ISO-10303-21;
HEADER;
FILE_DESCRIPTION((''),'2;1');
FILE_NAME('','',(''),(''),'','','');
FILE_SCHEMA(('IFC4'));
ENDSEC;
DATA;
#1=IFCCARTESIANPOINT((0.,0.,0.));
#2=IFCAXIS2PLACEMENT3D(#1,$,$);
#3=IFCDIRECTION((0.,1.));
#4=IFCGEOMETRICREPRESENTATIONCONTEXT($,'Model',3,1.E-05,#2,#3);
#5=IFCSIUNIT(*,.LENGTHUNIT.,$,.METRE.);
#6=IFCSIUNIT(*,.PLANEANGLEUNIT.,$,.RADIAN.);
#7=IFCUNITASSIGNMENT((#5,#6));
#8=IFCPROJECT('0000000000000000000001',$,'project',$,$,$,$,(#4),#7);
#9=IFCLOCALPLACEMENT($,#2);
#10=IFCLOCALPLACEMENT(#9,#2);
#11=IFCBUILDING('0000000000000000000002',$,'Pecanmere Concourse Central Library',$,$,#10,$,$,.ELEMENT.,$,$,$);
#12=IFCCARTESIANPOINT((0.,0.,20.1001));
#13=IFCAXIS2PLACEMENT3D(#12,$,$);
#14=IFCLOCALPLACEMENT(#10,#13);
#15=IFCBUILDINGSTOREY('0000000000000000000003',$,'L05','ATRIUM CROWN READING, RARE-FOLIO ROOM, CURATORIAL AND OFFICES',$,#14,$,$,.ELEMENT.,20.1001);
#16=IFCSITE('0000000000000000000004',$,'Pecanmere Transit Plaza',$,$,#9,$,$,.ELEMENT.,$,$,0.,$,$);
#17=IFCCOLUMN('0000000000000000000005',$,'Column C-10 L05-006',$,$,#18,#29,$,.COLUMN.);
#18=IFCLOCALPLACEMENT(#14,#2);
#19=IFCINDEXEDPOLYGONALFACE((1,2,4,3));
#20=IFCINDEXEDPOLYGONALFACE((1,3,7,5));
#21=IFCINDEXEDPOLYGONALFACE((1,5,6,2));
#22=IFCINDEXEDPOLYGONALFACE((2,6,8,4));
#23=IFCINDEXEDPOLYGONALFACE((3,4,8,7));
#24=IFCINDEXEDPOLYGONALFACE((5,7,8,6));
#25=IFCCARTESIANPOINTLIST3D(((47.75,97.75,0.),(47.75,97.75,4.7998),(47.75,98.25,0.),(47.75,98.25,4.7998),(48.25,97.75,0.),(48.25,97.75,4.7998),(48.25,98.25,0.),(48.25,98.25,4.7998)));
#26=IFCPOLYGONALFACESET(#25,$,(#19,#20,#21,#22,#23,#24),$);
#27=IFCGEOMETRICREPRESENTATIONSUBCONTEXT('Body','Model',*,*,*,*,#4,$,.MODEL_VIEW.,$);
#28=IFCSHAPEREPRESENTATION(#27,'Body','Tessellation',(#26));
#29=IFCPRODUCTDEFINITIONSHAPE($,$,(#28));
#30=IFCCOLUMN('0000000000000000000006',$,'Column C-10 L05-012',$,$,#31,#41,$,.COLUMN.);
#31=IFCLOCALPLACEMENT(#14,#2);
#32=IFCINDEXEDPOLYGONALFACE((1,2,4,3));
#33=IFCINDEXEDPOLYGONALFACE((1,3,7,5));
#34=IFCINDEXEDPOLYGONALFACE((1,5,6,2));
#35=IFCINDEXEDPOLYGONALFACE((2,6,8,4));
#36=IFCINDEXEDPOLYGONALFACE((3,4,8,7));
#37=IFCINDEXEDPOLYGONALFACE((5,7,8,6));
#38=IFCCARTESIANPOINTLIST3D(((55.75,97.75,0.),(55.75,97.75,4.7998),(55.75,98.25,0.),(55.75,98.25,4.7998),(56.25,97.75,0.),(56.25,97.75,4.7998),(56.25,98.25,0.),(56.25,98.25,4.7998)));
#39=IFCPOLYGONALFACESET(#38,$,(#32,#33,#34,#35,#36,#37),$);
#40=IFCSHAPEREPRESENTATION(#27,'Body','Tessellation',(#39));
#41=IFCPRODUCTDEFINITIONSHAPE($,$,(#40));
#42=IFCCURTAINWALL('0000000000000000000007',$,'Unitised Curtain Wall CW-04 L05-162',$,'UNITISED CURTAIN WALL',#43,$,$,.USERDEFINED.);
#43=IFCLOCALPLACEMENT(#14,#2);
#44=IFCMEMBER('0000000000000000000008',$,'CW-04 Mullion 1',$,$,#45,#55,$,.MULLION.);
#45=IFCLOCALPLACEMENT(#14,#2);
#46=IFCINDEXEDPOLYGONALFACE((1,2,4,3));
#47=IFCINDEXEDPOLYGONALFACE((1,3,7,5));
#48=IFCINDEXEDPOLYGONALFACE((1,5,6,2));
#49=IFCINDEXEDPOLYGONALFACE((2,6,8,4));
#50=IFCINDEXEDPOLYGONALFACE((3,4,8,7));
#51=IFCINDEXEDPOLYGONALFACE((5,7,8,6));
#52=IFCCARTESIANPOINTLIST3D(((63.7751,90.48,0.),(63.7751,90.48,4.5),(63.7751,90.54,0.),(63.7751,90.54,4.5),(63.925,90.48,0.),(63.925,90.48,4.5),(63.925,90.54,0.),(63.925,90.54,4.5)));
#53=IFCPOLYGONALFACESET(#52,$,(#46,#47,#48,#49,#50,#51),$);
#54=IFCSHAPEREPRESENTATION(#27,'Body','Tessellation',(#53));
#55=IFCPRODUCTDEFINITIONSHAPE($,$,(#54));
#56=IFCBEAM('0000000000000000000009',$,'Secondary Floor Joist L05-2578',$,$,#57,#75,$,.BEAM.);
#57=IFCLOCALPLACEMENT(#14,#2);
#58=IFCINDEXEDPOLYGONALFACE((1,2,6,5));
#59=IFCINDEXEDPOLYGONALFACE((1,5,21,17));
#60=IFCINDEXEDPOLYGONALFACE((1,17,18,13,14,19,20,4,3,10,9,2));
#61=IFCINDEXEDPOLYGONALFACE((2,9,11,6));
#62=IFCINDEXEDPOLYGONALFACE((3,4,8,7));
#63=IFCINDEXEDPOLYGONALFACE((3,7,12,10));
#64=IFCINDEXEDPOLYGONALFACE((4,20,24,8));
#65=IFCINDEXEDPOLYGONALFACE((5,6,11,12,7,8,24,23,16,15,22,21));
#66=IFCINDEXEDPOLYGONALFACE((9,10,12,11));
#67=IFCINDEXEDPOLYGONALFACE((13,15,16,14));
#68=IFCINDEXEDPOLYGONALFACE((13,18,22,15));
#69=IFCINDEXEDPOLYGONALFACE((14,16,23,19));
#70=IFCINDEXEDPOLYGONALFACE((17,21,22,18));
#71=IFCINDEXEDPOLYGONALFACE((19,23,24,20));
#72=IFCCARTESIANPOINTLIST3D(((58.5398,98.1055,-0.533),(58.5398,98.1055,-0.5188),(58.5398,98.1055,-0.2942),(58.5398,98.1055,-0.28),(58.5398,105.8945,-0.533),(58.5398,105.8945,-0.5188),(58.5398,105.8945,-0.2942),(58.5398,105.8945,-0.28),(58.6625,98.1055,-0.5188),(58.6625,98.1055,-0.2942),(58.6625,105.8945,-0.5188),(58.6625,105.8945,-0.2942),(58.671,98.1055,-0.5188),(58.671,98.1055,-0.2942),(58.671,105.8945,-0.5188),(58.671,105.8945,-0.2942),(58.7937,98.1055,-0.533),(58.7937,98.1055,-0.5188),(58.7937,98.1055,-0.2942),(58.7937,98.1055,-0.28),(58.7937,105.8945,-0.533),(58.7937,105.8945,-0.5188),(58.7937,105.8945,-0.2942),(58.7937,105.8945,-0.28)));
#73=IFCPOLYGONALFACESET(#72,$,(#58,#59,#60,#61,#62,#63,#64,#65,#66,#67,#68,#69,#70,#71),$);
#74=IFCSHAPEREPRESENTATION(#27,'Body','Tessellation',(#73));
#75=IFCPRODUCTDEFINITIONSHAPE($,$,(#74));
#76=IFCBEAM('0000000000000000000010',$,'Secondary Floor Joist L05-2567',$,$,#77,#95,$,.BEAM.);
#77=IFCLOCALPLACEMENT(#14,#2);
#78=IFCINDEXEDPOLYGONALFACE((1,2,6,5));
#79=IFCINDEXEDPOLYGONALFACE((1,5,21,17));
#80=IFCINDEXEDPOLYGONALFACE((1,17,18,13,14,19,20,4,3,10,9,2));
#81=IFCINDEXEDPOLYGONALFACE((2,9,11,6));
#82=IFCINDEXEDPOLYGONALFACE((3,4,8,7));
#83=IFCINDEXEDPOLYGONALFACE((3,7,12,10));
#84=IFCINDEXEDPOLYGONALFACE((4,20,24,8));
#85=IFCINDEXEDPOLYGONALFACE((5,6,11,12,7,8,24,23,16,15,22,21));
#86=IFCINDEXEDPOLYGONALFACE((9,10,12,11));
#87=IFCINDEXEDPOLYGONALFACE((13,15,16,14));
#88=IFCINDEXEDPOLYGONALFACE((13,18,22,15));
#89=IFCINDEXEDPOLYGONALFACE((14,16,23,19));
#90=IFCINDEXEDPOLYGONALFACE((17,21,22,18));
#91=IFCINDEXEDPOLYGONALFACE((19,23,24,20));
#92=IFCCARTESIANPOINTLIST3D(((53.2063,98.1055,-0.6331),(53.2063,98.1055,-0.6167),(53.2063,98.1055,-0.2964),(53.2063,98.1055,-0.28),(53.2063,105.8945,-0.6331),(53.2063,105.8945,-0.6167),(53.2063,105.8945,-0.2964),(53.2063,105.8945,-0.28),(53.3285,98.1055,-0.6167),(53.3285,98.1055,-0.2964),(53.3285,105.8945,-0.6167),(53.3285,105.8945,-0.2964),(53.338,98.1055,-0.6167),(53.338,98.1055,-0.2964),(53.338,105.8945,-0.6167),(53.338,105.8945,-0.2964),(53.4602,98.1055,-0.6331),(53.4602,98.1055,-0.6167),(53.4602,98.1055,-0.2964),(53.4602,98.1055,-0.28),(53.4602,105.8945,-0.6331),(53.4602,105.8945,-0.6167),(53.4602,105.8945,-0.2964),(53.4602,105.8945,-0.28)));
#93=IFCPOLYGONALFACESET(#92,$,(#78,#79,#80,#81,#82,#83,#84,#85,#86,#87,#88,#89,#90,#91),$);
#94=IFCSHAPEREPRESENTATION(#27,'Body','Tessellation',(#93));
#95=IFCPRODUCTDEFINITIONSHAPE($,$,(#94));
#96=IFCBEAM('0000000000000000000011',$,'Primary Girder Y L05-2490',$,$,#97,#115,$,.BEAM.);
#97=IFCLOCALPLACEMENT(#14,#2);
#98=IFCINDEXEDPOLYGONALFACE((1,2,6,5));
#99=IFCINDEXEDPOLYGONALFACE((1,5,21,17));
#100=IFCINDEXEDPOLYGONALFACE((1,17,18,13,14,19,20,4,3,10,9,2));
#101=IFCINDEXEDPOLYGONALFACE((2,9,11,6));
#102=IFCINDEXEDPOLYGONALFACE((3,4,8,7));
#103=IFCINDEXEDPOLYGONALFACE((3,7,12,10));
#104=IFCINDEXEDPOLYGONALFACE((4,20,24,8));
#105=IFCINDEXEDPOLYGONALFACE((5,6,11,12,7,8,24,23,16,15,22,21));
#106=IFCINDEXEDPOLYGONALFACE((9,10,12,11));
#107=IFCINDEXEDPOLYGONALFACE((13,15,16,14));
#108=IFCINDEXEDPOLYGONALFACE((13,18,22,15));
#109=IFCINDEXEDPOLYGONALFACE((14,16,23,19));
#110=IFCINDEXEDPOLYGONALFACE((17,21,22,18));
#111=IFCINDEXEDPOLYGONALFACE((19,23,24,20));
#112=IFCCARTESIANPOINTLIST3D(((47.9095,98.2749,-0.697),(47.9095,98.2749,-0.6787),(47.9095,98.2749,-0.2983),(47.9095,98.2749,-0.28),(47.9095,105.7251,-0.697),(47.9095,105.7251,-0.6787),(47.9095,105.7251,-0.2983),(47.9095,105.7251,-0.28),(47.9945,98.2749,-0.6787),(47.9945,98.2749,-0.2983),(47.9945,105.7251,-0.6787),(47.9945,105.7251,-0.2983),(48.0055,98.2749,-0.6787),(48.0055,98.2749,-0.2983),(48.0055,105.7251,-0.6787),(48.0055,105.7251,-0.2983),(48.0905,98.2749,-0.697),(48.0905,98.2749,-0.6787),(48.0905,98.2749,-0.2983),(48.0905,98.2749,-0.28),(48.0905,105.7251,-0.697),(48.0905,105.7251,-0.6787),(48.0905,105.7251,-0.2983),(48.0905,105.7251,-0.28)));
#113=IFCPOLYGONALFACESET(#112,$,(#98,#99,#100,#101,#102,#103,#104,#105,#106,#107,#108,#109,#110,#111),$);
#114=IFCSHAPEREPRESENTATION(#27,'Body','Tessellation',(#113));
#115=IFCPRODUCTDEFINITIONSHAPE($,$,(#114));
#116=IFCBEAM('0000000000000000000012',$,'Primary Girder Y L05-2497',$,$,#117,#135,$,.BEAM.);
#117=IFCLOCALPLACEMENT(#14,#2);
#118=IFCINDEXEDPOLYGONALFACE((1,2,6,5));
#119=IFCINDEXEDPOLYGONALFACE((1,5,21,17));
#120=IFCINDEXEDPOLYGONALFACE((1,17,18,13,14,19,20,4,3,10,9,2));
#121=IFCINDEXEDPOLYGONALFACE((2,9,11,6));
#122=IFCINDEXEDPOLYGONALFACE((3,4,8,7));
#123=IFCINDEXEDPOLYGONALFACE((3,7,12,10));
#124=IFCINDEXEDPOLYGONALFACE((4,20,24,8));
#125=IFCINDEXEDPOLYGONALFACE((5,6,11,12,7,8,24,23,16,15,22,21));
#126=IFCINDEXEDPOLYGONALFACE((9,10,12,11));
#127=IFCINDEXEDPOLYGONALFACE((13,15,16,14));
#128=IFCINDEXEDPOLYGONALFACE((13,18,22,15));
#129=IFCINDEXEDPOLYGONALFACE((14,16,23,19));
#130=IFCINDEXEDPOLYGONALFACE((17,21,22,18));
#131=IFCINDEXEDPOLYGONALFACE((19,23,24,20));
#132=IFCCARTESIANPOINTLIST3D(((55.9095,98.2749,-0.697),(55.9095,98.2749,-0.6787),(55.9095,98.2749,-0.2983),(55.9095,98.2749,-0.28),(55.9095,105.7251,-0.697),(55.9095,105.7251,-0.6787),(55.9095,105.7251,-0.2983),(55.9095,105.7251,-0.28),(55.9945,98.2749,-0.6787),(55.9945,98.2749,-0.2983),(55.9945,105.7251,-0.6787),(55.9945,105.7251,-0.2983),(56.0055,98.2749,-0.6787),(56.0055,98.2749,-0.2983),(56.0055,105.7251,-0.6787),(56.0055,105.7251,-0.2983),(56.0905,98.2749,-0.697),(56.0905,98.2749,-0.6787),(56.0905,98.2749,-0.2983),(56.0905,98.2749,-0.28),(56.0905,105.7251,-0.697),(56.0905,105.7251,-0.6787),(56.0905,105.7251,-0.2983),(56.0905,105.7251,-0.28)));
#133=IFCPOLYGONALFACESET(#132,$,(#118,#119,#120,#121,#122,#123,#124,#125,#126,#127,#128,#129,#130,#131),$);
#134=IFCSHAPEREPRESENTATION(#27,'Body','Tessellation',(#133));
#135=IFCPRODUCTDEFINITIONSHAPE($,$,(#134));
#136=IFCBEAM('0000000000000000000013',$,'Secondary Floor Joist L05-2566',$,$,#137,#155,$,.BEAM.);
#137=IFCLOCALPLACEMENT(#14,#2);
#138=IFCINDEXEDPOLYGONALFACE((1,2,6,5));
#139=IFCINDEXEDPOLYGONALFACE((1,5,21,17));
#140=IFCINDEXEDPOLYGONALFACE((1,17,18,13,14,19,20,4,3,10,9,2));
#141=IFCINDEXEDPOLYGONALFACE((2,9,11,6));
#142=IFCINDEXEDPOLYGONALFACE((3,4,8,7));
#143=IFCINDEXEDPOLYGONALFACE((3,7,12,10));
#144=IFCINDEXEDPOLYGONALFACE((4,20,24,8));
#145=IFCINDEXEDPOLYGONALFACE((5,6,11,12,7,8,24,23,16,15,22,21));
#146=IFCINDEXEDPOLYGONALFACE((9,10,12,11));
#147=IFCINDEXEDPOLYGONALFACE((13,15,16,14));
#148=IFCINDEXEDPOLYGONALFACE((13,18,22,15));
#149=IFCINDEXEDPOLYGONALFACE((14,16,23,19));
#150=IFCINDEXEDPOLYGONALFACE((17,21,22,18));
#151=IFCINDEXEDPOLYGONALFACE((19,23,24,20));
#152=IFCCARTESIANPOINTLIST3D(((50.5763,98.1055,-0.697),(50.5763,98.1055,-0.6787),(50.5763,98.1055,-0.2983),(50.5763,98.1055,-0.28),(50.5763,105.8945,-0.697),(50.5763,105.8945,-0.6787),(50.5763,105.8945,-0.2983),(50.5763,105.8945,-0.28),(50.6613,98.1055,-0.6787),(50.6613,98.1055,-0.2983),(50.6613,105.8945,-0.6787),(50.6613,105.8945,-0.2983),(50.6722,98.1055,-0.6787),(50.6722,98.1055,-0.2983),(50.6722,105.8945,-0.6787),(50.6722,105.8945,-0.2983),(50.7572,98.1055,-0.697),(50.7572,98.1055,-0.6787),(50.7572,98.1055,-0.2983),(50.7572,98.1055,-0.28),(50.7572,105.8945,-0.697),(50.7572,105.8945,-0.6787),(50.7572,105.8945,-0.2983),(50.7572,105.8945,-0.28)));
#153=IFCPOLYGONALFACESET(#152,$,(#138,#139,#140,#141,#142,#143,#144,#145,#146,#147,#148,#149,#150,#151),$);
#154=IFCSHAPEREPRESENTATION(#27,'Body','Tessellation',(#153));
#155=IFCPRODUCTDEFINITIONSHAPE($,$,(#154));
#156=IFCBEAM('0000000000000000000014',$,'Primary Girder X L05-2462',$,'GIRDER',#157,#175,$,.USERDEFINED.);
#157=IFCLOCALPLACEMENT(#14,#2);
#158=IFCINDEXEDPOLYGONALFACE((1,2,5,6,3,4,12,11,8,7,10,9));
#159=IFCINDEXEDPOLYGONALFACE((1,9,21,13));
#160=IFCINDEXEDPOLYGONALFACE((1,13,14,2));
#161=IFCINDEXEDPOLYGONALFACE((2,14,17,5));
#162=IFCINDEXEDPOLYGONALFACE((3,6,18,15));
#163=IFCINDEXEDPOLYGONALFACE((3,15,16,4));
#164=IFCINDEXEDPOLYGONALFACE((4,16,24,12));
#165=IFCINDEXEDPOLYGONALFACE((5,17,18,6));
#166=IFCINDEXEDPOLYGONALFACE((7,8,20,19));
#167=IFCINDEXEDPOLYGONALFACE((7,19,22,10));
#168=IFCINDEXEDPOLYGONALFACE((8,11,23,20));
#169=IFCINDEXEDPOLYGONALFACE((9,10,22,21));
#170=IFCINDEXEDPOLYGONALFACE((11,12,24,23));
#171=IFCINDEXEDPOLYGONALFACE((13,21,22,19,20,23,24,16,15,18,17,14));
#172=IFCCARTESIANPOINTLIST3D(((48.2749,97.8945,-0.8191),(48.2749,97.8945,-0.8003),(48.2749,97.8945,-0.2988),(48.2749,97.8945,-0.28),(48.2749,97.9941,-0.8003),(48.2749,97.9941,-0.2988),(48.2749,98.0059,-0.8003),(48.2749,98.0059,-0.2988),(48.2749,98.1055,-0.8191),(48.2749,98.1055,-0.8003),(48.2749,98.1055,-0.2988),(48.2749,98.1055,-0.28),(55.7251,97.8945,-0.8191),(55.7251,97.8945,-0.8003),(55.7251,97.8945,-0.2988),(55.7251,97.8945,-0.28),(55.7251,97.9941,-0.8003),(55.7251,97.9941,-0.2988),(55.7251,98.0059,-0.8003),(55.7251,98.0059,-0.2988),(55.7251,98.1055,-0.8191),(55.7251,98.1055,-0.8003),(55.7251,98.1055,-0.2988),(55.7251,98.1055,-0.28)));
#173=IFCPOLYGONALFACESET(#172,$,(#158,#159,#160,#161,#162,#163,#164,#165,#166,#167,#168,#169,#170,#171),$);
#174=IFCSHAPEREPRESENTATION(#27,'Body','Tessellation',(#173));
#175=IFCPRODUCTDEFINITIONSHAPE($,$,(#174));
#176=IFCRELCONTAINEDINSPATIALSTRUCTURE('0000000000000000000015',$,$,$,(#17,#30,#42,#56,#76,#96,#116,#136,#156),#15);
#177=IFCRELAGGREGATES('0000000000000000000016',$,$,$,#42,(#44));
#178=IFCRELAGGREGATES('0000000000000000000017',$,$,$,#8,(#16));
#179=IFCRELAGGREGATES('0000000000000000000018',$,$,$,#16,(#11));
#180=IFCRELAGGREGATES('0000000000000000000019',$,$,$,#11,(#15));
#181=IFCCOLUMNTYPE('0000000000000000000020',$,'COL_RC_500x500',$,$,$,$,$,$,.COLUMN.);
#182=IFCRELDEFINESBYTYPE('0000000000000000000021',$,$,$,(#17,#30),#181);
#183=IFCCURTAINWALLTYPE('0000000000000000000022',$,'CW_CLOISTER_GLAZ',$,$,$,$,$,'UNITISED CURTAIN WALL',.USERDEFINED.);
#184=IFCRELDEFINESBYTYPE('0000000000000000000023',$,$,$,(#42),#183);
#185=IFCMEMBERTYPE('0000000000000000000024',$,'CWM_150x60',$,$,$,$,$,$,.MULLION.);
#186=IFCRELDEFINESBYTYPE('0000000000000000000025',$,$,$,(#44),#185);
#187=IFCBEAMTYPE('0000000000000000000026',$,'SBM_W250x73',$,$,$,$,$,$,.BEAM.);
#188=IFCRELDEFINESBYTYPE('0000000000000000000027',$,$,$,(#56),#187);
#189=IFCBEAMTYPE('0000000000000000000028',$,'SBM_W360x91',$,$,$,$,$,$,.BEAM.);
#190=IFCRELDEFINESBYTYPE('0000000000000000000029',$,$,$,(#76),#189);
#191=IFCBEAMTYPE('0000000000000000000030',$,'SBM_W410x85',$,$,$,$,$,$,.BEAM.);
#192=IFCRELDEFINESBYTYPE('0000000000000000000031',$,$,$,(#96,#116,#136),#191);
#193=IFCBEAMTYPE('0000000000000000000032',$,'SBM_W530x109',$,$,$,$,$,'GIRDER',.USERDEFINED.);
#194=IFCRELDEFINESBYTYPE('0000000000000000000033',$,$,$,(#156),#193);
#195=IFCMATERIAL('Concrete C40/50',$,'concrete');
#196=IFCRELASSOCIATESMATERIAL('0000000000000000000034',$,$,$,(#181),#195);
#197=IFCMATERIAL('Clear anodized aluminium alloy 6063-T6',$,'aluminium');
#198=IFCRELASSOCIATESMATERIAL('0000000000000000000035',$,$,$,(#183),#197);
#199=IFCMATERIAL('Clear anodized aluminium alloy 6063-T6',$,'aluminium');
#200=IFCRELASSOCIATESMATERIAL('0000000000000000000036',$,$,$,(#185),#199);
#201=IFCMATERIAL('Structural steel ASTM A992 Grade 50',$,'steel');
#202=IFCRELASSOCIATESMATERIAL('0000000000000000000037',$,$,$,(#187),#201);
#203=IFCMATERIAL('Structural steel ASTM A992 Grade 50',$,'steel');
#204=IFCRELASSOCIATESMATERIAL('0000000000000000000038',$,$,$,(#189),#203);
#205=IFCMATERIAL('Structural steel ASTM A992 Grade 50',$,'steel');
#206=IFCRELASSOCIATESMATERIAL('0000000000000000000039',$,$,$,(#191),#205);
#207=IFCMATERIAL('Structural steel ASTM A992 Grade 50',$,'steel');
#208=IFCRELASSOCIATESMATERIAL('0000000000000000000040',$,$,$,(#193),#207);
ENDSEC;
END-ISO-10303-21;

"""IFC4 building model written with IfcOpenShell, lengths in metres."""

from ifc_helpers import new_model, si_unit, direction, frame, origin, origin_2d, place, context, subcontext, project, spatial, rectangle, i_section, extrude, material, material_profile, profile_set, type_object, element, aggregate, save


model = new_model("IFC4")

# Units and contexts
model_context = context("Model", 3, precision=1e-05, world=origin(), true_north=direction((0.0, 1.0)))
body_context = subcontext(model_context, "Body", "Model", "MODEL_VIEW")
ifc_project = project(units=[si_unit("LENGTHUNIT", "METRE"), si_unit("PLANEANGLEUNIT", "RADIAN")], contexts=[model_context])

# Site, building, storey
site_placement = place(None, origin())
site = spatial("IfcSite", under=ifc_project, at=site_placement, Name="Pecanmere Transit Plaza", CompositionType="ELEMENT", RefElevation=0.0)
building_placement = place(site_placement, origin())
building = spatial("IfcBuilding", under=site, at=building_placement, Name="Pecanmere Concourse Central Library", CompositionType="ELEMENT")
storey_placement = place(building_placement, frame((0.0, 0.0, 20.1001)))
storey = spatial("IfcBuildingStorey", under=building, at=storey_placement, Name="L05", Description="ATRIUM CROWN READING, RARE-FOLIO ROOM, CURATORIAL AND OFFICES", CompositionType="ELEMENT", Elevation=20.1001)

# Columns
ifc_material_1 = material(Name="Concrete C40/50", Category="concrete")
ifc_material_profile_1 = material_profile(ifc_material_1, rectangle(XDim=0.5, YDim=0.5, at=origin_2d()), Name="RC 500x500")
ifc_profile_set_1 = profile_set([ifc_material_profile_1], Name="Concrete C40/50")
column_type = type_object("IfcColumnType", Name="COL_RC_500x500", PredefinedType="COLUMN", material=ifc_profile_set_1)
for number, where, z_axis, x_axis, name in (
    (1, (48.0, 98.0, 0.0), (0.0, 0.0, 1.0), (1.0, 0.0, 0.0), "Column C-10 L05-006"),
    (2, (56.0, 98.0, 0.0), (0.0, 0.0, 1.0), (1.0, 0.0, 0.0), "Column C-10 L05-012"),
):
    element("IfcColumn", number, at=place(storey_placement, frame(where, z_axis=z_axis, x_axis=x_axis)), inside=storey, type_object=column_type, Name=name, PredefinedType="COLUMN", context=body_context, shape_type="SweptSolid", body=[
        extrude(rectangle(XDim=0.5, YDim=0.5, at=origin_2d()), origin(), (0.0, 0.0, 1.0), 4.7998),
    ])

# Curtain wall, member
ifc_material_2 = material(Name="Clear anodized aluminium alloy 6063-T6", Category="aluminium")
curtain_wall_type = type_object("IfcCurtainWallType", Name="CW_CLOISTER_GLAZ", ElementType="UNITISED CURTAIN WALL", PredefinedType="USERDEFINED", material=ifc_material_2)
curtain_wall_placement = place(storey_placement, origin())
curtain_wall = element("IfcCurtainWall", 3, at=curtain_wall_placement, inside=storey, type_object=curtain_wall_type, Name="Unitised Curtain Wall CW-04 L05-162", ObjectType="UNITISED CURTAIN WALL", PredefinedType="USERDEFINED")
ifc_material_3 = material(Name="Clear anodized aluminium alloy 6063-T6", Category="aluminium")
ifc_material_profile_2 = material_profile(ifc_material_3, rectangle(XDim=0.0601, YDim=0.1499, at=origin_2d()), Name="AL 60x150")
ifc_profile_set_2 = profile_set([ifc_material_profile_2], Name="Clear anodized aluminium alloy 6063-T6")
member_type = type_object("IfcMemberType", Name="CWM_150x60", PredefinedType="MULLION", material=ifc_profile_set_2)
member_placement = place(storey_placement, frame((63.8501, 90.51, 0.0), z_axis=(0.0, 0.0, 1.0), x_axis=(0.0, 1.0, 0.0)))
member = element("IfcMember", 4, at=member_placement, type_object=member_type, Name="CW-04 Mullion 1", PredefinedType="MULLION", context=body_context, shape_type="SweptSolid", body=[
    extrude(rectangle(XDim=0.0601, YDim=0.1499, at=origin_2d()), origin(), (0.0, 0.0, 1.0), 4.5),
])
aggregate(curtain_wall, [member])

# Beams
ifc_material_4 = material(Name="Structural steel ASTM A992 Grade 50", Category="steel")
ifc_material_profile_3 = material_profile(ifc_material_4, i_section(OverallWidth=0.2539, OverallDepth=0.2529, WebThickness=0.0085, FlangeThickness=0.0142, at=origin_2d()), Name="W250x73")
ifc_profile_set_3 = profile_set([ifc_material_profile_3], Name="Structural steel ASTM A992 Grade 50")
beam_type_1 = type_object("IfcBeamType", Name="SBM_W250x73", PredefinedType="BEAM", material=ifc_profile_set_3)
beam_1_placement = place(storey_placement, frame((58.6667, 98.1055, -0.4065), z_axis=(0.0, 1.0, 0.0), x_axis=(-1.0, 0.0, 0.0)))
element("IfcBeam", 5, at=beam_1_placement, inside=storey, type_object=beam_type_1, Name="Secondary Floor Joist L05-2578", PredefinedType="BEAM", context=body_context, shape_type="SweptSolid", body=[
    extrude(i_section(OverallWidth=0.2539, OverallDepth=0.2529, WebThickness=0.0085, FlangeThickness=0.0142, at=origin_2d()), origin(), (0.0, 0.0, 1.0), 7.7891),
])
ifc_material_5 = material(Name="Structural steel ASTM A992 Grade 50", Category="steel")
ifc_material_profile_4 = material_profile(ifc_material_5, i_section(OverallWidth=0.2539, OverallDepth=0.353, WebThickness=0.0095, FlangeThickness=0.0164, at=origin_2d()), Name="W360x91")
ifc_profile_set_4 = profile_set([ifc_material_profile_4], Name="Structural steel ASTM A992 Grade 50")
beam_type_2 = type_object("IfcBeamType", Name="SBM_W360x91", PredefinedType="BEAM", material=ifc_profile_set_4)
beam_2_placement = place(storey_placement, frame((53.3333, 98.1055, -0.4565), z_axis=(0.0, 1.0, 0.0), x_axis=(-1.0, 0.0, 0.0)))
element("IfcBeam", 6, at=beam_2_placement, inside=storey, type_object=beam_type_2, Name="Secondary Floor Joist L05-2567", PredefinedType="BEAM", context=body_context, shape_type="SweptSolid", body=[
    extrude(i_section(OverallWidth=0.2539, OverallDepth=0.353, WebThickness=0.0095, FlangeThickness=0.0164, at=origin_2d()), origin(), (0.0, 0.0, 1.0), 7.7891),
])
ifc_material_6 = material(Name="Structural steel ASTM A992 Grade 50", Category="steel")
ifc_material_profile_5 = material_profile(ifc_material_6, i_section(OverallWidth=0.1809, OverallDepth=0.417, WebThickness=0.011, FlangeThickness=0.0183, at=origin_2d()), Name="W410x85")
ifc_profile_set_5 = profile_set([ifc_material_profile_5], Name="Structural steel ASTM A992 Grade 50")
beam_type_3 = type_object("IfcBeamType", Name="SBM_W410x85", PredefinedType="BEAM", material=ifc_profile_set_5)
for number, where, z_axis, x_axis, name in (
    (7, (48.0, 98.2749, -0.4885), (0.0, 1.0, 0.0), (-1.0, 0.0, 0.0), "Primary Girder Y L05-2490"),
    (8, (56.0, 98.2749, -0.4885), (0.0, 1.0, 0.0), (-1.0, 0.0, 0.0), "Primary Girder Y L05-2497"),
):
    element("IfcBeam", number, at=place(storey_placement, frame(where, z_axis=z_axis, x_axis=x_axis)), inside=storey, type_object=beam_type_3, Name=name, PredefinedType="BEAM", context=body_context, shape_type="SweptSolid", body=[
        extrude(i_section(OverallWidth=0.1809, OverallDepth=0.417, WebThickness=0.011, FlangeThickness=0.0183, at=origin_2d()), origin(), (0.0, 0.0, 1.0), 7.4502),
    ])
beam_3_placement = place(storey_placement, frame((50.6667, 98.1055, -0.4885), z_axis=(0.0, 1.0, 0.0), x_axis=(-1.0, 0.0, 0.0)))
element("IfcBeam", 9, at=beam_3_placement, inside=storey, type_object=beam_type_3, Name="Secondary Floor Joist L05-2566", PredefinedType="BEAM", context=body_context, shape_type="SweptSolid", body=[
    extrude(i_section(OverallWidth=0.1809, OverallDepth=0.417, WebThickness=0.011, FlangeThickness=0.0183, at=origin_2d()), origin(), (0.0, 0.0, 1.0), 7.7891),
])
ifc_material_7 = material(Name="Structural steel ASTM A992 Grade 50", Category="steel")
ifc_material_profile_6 = material_profile(ifc_material_7, i_section(OverallWidth=0.2109, OverallDepth=0.5391, WebThickness=0.0117, FlangeThickness=0.0188, at=origin_2d()), Name="W530x109")
ifc_profile_set_6 = profile_set([ifc_material_profile_6], Name="Structural steel ASTM A992 Grade 50")
beam_type_4 = type_object("IfcBeamType", Name="SBM_W530x109", ElementType="GIRDER", PredefinedType="USERDEFINED", material=ifc_profile_set_6)
for number, where, z_axis, x_axis, name in (
    (10, (48.2749, 98.0, -0.5496), (1.0, 0.0, 0.0), (0.0, 1.0, 0.0), "Primary Girder X L05-2462"),
):
    element("IfcBeam", number, at=place(storey_placement, frame(where, z_axis=z_axis, x_axis=x_axis)), inside=storey, type_object=beam_type_4, Name=name, ObjectType="GIRDER", PredefinedType="USERDEFINED", context=body_context, shape_type="SweptSolid", body=[
        extrude(i_section(OverallWidth=0.2109, OverallDepth=0.5391, WebThickness=0.0117, FlangeThickness=0.0188, at=origin_2d()), origin(), (0.0, 0.0, 1.0), 7.4502),
    ])

save(model, "model.ifc")
